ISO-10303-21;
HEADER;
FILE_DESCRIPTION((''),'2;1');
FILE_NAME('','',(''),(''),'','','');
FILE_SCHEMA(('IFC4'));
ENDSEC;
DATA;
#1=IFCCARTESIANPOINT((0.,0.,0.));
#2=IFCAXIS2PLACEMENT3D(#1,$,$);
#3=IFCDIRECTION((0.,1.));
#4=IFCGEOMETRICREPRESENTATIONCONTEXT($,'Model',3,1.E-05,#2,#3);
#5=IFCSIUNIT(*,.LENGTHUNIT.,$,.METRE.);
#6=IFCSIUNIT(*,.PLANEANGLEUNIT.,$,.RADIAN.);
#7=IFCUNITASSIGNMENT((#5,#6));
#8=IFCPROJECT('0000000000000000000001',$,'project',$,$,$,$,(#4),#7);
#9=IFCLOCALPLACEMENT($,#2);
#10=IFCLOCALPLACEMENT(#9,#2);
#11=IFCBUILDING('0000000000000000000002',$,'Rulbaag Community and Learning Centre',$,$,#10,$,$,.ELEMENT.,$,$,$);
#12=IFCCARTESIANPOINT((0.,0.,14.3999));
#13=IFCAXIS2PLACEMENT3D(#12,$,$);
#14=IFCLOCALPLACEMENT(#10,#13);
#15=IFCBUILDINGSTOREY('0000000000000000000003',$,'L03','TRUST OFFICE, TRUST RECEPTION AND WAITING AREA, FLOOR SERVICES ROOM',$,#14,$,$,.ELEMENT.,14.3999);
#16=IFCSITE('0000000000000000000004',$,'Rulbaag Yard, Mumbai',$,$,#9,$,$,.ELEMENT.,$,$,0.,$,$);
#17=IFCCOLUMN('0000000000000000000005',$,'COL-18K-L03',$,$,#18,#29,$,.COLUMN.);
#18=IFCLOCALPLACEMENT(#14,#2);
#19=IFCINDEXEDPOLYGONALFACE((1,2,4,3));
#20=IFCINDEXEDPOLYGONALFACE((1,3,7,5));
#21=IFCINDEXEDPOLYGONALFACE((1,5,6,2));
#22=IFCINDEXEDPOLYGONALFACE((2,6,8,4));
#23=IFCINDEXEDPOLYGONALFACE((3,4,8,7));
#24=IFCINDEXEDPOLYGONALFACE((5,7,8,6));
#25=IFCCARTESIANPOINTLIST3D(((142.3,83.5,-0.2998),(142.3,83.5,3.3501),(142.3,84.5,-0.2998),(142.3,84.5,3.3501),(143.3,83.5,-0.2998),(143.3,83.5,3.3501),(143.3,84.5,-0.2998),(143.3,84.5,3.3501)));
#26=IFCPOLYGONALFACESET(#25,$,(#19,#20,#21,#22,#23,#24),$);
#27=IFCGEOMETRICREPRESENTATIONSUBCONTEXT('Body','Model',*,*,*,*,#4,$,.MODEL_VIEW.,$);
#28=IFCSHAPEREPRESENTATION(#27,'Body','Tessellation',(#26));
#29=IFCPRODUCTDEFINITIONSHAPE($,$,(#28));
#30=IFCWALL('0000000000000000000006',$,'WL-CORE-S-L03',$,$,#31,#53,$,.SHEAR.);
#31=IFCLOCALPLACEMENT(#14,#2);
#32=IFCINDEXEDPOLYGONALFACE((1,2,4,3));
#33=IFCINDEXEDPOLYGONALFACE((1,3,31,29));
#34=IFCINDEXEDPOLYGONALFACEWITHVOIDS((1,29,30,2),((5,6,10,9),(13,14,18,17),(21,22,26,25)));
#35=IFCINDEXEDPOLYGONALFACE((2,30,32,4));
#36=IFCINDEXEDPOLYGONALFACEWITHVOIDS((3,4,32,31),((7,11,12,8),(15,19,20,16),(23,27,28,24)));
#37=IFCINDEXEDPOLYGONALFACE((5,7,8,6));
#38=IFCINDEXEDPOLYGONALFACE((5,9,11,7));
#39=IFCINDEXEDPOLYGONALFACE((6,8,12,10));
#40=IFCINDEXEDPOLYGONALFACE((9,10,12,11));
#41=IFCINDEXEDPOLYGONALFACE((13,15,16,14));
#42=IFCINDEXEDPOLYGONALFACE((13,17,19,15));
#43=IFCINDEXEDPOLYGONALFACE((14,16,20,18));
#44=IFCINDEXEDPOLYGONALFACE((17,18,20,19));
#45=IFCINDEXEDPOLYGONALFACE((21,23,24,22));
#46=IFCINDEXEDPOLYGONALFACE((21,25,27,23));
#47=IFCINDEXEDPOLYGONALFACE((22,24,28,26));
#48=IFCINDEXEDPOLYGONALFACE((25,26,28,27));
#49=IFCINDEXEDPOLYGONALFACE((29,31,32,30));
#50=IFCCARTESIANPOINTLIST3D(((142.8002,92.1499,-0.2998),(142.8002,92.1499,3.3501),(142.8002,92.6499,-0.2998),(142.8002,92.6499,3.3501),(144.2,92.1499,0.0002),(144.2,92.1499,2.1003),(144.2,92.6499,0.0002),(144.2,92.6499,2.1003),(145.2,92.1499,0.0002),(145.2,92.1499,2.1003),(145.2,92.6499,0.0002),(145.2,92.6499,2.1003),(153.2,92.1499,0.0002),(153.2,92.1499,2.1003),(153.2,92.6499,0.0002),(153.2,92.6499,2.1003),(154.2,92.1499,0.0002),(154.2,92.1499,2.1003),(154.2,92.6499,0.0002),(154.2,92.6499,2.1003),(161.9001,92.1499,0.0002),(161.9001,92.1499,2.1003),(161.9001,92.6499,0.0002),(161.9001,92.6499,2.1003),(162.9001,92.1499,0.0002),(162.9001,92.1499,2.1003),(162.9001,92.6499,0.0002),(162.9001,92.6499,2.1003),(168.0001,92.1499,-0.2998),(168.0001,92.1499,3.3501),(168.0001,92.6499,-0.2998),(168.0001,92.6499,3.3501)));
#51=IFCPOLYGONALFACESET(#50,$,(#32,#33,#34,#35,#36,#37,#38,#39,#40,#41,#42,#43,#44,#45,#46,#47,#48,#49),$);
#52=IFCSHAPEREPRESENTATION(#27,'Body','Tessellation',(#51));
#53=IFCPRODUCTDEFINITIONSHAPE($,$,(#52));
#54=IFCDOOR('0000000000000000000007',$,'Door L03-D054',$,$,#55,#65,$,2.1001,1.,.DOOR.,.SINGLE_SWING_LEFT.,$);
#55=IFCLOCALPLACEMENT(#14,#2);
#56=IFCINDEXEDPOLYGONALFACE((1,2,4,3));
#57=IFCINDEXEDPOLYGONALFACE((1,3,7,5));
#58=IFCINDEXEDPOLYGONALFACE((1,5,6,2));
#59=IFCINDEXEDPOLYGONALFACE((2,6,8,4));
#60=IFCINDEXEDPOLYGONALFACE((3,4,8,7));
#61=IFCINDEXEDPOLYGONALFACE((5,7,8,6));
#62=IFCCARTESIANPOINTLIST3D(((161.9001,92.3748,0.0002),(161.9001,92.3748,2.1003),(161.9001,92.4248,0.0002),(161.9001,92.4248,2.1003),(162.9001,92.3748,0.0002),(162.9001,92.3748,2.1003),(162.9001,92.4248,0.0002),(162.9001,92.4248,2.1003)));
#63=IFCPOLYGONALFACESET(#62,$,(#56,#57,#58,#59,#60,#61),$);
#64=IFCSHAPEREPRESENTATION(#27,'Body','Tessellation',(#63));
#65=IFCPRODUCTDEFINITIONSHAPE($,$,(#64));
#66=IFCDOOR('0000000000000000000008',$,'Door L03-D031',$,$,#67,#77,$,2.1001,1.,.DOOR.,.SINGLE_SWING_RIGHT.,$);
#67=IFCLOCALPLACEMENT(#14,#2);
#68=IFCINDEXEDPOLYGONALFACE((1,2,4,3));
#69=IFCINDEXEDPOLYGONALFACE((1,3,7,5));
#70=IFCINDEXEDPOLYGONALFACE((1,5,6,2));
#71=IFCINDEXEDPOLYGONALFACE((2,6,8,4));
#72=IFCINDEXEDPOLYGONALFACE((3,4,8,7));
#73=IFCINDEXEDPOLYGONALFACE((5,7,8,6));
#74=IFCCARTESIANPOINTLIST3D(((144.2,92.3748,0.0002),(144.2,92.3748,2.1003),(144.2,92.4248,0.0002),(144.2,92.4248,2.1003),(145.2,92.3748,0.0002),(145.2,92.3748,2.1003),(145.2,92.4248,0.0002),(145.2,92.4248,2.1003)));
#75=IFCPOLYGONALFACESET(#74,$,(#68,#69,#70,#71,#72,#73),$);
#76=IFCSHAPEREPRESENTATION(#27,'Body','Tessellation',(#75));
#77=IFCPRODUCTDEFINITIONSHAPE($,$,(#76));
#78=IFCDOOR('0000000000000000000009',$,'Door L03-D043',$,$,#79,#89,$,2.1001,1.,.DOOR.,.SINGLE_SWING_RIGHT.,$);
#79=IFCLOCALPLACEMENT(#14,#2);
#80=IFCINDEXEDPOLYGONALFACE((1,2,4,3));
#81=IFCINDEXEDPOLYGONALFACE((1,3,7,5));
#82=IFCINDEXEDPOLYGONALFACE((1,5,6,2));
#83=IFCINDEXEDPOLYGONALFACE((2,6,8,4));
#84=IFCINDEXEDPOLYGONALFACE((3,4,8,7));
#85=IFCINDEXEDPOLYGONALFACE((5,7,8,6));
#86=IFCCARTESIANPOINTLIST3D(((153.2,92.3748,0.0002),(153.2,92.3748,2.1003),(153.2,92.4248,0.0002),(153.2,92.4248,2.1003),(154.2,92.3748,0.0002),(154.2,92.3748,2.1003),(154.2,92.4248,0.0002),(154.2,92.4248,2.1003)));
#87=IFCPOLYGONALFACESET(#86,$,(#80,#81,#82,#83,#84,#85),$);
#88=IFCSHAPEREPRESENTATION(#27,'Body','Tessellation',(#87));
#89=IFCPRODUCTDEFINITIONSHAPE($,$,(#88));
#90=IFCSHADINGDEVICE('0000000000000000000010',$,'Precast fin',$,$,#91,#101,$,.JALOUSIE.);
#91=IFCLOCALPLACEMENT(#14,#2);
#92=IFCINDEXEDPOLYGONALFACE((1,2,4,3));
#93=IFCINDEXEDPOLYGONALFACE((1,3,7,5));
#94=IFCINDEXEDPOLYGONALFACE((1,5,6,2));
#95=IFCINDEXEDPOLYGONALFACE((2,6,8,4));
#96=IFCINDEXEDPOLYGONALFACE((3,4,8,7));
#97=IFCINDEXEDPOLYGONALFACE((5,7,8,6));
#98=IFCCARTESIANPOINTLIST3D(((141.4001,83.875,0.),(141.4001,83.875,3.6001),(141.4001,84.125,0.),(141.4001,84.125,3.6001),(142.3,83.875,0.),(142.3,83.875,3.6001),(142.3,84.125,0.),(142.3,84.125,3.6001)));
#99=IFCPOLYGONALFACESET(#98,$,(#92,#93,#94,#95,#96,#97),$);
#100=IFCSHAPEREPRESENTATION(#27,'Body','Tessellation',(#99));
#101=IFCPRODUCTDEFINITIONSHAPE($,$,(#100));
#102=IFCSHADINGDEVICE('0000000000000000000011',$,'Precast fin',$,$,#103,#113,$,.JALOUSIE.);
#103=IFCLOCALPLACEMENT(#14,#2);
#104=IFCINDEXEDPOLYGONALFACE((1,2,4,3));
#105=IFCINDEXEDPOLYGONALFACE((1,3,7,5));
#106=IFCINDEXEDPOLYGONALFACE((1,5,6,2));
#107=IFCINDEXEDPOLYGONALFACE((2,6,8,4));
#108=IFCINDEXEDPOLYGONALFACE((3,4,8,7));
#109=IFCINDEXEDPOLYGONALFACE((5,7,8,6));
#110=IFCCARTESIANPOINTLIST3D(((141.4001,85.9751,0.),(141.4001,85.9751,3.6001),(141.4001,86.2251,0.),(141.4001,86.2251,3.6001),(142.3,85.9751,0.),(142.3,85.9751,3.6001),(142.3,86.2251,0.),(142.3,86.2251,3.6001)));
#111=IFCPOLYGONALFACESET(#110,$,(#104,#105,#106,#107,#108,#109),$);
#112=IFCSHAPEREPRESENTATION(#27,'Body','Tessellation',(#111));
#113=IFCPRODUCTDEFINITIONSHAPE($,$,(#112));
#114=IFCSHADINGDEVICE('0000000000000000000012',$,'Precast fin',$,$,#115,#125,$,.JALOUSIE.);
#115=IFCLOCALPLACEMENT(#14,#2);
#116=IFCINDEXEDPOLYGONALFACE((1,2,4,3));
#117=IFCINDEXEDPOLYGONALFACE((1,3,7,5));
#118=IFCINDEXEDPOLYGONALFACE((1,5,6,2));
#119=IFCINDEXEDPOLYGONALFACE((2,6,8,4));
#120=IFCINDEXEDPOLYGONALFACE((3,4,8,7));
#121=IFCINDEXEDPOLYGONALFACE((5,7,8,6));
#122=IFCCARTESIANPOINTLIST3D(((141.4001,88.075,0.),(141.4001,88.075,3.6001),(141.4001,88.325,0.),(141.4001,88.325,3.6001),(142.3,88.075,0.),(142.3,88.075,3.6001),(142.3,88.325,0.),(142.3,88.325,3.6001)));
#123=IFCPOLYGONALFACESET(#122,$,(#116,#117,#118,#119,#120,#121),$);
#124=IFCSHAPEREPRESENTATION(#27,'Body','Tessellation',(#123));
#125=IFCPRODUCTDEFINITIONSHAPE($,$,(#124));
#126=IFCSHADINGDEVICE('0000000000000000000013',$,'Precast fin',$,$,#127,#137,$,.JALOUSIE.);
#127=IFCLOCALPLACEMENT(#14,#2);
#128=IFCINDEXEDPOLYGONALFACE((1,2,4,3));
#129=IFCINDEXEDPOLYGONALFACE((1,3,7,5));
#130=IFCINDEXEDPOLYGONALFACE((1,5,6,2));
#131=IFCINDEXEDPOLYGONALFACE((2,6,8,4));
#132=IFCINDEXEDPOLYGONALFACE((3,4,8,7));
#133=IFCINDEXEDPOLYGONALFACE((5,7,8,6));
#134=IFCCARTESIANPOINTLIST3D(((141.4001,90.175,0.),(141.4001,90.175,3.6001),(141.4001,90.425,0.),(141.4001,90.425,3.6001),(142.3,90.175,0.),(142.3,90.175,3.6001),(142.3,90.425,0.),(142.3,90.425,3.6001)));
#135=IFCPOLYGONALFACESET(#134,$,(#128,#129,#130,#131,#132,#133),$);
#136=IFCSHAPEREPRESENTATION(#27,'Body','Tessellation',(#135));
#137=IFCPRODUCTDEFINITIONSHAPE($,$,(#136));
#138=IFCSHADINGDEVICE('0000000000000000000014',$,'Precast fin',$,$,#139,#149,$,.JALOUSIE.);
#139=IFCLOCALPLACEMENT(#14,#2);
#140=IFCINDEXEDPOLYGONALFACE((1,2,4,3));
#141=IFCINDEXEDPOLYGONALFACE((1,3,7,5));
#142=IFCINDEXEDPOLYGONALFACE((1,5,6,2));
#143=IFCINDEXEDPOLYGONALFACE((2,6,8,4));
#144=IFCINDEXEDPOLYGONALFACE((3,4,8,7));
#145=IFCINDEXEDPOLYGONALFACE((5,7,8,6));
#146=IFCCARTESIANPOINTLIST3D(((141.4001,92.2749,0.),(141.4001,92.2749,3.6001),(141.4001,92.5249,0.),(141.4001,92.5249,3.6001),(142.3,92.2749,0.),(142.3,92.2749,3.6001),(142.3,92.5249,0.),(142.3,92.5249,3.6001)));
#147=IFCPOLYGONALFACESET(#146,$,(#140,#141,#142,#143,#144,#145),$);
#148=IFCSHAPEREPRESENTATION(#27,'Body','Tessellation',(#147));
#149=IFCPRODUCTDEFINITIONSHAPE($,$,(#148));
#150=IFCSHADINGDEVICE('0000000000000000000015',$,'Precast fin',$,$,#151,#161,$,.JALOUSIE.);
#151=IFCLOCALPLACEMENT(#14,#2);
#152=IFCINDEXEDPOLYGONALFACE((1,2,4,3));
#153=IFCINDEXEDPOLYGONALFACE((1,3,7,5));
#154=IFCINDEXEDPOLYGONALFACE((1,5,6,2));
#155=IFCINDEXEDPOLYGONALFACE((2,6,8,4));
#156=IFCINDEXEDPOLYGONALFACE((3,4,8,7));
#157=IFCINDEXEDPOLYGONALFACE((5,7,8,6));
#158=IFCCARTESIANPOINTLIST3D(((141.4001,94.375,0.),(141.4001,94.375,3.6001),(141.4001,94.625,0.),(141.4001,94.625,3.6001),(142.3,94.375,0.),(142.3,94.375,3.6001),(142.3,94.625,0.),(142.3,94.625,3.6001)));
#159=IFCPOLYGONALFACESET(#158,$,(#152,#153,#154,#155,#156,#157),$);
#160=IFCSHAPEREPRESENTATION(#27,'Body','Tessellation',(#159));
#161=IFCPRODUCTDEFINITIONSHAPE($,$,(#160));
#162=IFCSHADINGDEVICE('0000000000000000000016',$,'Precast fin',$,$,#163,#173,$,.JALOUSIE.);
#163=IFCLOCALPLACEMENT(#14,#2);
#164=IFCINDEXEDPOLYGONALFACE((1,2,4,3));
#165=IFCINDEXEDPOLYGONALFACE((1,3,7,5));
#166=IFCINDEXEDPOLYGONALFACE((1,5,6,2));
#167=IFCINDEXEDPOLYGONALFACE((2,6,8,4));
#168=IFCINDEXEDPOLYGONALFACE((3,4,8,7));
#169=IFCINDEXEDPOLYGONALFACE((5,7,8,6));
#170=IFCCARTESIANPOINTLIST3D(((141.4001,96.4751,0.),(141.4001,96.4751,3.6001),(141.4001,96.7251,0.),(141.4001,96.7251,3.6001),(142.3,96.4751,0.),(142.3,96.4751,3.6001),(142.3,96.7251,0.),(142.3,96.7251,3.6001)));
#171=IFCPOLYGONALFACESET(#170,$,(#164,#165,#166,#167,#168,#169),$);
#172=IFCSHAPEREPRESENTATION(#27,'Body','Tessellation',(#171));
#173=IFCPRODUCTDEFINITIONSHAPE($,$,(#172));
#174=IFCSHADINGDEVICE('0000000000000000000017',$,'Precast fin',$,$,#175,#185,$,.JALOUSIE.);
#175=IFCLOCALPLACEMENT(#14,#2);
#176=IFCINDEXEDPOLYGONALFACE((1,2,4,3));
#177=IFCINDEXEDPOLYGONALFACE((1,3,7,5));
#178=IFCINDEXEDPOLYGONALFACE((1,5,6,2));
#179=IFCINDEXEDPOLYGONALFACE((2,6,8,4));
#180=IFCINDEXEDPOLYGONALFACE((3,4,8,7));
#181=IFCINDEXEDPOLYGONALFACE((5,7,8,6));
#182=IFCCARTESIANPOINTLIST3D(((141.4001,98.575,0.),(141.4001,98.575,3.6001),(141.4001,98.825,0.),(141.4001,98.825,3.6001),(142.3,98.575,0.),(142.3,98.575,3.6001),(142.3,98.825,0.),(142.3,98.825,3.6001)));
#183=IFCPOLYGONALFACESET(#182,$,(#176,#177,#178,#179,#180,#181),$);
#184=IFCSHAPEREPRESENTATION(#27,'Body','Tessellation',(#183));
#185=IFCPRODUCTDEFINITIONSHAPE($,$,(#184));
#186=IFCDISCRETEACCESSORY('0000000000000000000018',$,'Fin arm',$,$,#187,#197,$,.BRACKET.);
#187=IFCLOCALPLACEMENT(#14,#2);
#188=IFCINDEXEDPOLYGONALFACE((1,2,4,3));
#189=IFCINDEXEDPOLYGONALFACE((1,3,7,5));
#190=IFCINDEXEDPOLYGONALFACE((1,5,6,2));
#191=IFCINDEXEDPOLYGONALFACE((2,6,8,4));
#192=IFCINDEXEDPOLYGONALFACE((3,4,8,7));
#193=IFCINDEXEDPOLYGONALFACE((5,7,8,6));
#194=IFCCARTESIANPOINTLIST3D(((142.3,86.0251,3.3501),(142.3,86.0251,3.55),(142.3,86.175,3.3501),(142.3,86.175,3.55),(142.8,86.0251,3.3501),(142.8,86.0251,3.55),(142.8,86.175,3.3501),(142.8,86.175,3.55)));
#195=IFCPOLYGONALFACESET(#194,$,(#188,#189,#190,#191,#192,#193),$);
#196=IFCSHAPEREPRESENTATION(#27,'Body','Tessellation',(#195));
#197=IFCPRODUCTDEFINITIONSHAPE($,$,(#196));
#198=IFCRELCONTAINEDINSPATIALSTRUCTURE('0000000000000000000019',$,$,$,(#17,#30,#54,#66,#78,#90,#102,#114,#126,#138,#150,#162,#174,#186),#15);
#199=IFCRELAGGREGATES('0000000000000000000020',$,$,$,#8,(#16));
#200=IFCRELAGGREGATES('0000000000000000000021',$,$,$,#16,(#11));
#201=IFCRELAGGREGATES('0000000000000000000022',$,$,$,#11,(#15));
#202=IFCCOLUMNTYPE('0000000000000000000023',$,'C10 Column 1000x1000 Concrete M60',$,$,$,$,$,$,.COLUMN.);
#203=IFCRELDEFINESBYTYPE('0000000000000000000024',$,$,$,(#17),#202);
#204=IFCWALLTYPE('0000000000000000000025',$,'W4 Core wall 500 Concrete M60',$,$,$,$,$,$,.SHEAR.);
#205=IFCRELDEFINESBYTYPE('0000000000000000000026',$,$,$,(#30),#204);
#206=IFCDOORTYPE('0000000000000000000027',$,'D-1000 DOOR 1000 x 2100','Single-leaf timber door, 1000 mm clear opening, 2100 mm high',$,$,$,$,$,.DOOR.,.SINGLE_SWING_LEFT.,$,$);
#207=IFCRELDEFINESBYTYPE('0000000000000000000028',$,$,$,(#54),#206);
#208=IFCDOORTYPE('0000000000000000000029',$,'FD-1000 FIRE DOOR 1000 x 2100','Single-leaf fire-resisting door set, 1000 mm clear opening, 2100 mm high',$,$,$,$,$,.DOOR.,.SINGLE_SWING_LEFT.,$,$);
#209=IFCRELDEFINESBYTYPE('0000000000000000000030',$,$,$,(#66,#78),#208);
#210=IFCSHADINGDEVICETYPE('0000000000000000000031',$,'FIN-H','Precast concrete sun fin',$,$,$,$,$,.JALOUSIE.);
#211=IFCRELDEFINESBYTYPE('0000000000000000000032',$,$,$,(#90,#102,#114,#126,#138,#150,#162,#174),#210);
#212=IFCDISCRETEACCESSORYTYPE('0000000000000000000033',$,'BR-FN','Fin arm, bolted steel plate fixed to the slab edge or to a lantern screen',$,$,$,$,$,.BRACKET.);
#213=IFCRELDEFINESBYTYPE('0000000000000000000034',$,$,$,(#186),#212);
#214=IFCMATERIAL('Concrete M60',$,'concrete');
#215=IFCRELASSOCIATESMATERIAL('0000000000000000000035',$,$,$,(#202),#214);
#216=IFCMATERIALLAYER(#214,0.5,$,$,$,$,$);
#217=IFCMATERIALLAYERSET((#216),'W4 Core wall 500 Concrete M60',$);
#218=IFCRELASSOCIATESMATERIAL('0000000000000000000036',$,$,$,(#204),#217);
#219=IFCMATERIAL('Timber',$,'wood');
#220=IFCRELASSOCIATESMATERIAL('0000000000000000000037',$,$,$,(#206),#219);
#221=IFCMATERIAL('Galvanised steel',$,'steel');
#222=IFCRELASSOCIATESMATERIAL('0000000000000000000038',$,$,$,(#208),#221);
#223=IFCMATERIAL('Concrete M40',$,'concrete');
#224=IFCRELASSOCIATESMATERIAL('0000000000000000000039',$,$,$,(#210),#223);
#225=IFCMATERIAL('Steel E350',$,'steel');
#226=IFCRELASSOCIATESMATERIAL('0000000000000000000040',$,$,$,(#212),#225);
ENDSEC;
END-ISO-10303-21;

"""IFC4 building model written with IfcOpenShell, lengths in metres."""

from ifc_helpers import new_model, si_unit, direction, frame, frame_2d, origin, origin_2d, place, context, subcontext, project, spatial, rectangle, extrude, material, layer, layer_set, material_profile, profile_set, type_object, element, fill, save


model = new_model("IFC4")

# Units and contexts
model_context = context("Model", 3, precision=1e-05, world=origin(), true_north=direction((0.0, 1.0)))
body_context = subcontext(model_context, "Body", "Model", "MODEL_VIEW")
ifc_project = project(units=[si_unit("LENGTHUNIT", "METRE"), si_unit("PLANEANGLEUNIT", "RADIAN")], contexts=[model_context])

# Site, building, storey
site_placement = place(None, origin())
site = spatial("IfcSite", under=ifc_project, at=site_placement, Name="Rulbaag Yard, Mumbai", CompositionType="ELEMENT", RefElevation=0.0)
building_placement = place(site_placement, origin())
building = spatial("IfcBuilding", under=site, at=building_placement, Name="Rulbaag Community and Learning Centre", CompositionType="ELEMENT")
storey_placement = place(building_placement, frame((0.0, 0.0, 14.3999)))
storey = spatial("IfcBuildingStorey", under=building, at=storey_placement, Name="L03", Description="TRUST OFFICE, TRUST RECEPTION AND WAITING AREA, FLOOR SERVICES ROOM", CompositionType="ELEMENT", Elevation=14.3999)

# Column
ifc_material_1 = material(Name="Concrete M60", Category="concrete")
ifc_material_profile_1 = material_profile(ifc_material_1, rectangle(XDim=1.0, YDim=1.0, at=origin_2d()), Name="RC1000x1000")
ifc_profile_set_1 = profile_set([ifc_material_profile_1], Name="Concrete M60")
column_type = type_object("IfcColumnType", Name="C10 Column 1000x1000 Concrete M60", PredefinedType="COLUMN", material=ifc_profile_set_1)
column_placement = place(storey_placement, frame((142.8, 84.0, -0.2998), z_axis=(0.0, 0.0, 1.0), x_axis=(1.0, 0.0, 0.0)))
element("IfcColumn", 1, at=column_placement, inside=storey, type_object=column_type, Name="COL-18K-L03", PredefinedType="COLUMN", context=body_context, shape_type="SweptSolid", body=[
    extrude(rectangle(XDim=1.0, YDim=1.0, at=origin_2d()), origin(), (0.0, 0.0, 1.0), 3.6499),
])

# Wall, openings, doors
ifc_layer = layer(ifc_material_1, 0.5)
ifc_layer_set = layer_set([ifc_layer], Name="W4 Core wall 500 Concrete M60")
wall_type = type_object("IfcWallType", Name="W4 Core wall 500 Concrete M60", PredefinedType="SHEAR", material=ifc_layer_set)
wall_placement = place(storey_placement, frame((142.8, 92.3999, -0.2998), z_axis=(0.0, 0.0, 1.0), x_axis=(1.0, 0.0, 0.0)))
wall = element("IfcWall", 2, at=wall_placement, inside=storey, type_object=wall_type, Name="WL-CORE-S-L03", PredefinedType="SHEAR", context=body_context, shape_type="SweptSolid", body=[
    extrude(rectangle(XDim=25.2, YDim=0.5, at=frame_2d((12.6001, 0.0))), origin(), (0.0, 0.0, 1.0), 3.6499),
])
opening_1_placement = place(wall_placement, frame((1.3999, 0.0, 0.3)))
opening_1 = element("IfcOpeningElement", 3, at=opening_1_placement, cuts=wall, PredefinedType="OPENING", context=body_context, shape_type="SweptSolid", body=[
    extrude(rectangle(XDim=1.0, YDim=2.1001, at=frame_2d((0.5, 1.05))), frame((0.0, 0.26, 0.0), z_axis=(0.0, -1.0, 0.0), x_axis=(1.0, 0.0, 0.0)), (0.0, 0.0, 1.0), 0.52),
])
opening_2_placement = place(wall_placement, frame((19.1001, 0.0, 0.3)))
opening_2 = element("IfcOpeningElement", 4, at=opening_2_placement, cuts=wall, PredefinedType="OPENING", context=body_context, shape_type="SweptSolid", body=[
    extrude(rectangle(XDim=1.0, YDim=2.1001, at=frame_2d((0.5, 1.05))), frame((0.0, 0.26, 0.0), z_axis=(0.0, -1.0, 0.0), x_axis=(1.0, 0.0, 0.0)), (0.0, 0.0, 1.0), 0.52),
])
opening_3_placement = place(wall_placement, frame((10.3999, 0.0, 0.3)))
opening_3 = element("IfcOpeningElement", 5, at=opening_3_placement, cuts=wall, PredefinedType="OPENING", context=body_context, shape_type="SweptSolid", body=[
    extrude(rectangle(XDim=1.0, YDim=2.1001, at=frame_2d((0.5, 1.05))), frame((0.0, 0.26, 0.0), z_axis=(0.0, -1.0, 0.0), x_axis=(1.0, 0.0, 0.0)), (0.0, 0.0, 1.0), 0.52),
])
ifc_material_2 = material(Name="Timber", Category="wood")
door_type_1 = type_object("IfcDoorType", Name="D-1000 DOOR 1000 x 2100", Description="Single-leaf timber door, 1000 mm clear opening, 2100 mm high", OperationType="SINGLE_SWING_LEFT", PredefinedType="DOOR", material=ifc_material_2)
door_1_placement = place(opening_2_placement, origin())
door_1 = element("IfcDoor", 6, at=door_1_placement, inside=storey, type_object=door_type_1, Name="Door L03-D054", OperationType="SINGLE_SWING_LEFT", OverallHeight=2.1001, OverallWidth=1.0, PredefinedType="DOOR", context=body_context, shape_type="SweptSolid", body=[
    extrude(rectangle(XDim=1.0, YDim=2.1001, at=frame_2d((0.5, 1.05))), frame((0.0, 0.0249, 0.0), z_axis=(0.0, -1.0, 0.0), x_axis=(1.0, 0.0, 0.0)), (0.0, 0.0, 1.0), 0.05),
])
fill(opening_2, door_1)
ifc_material_3 = material(Name="Galvanised steel", Category="steel")
door_type_2 = type_object("IfcDoorType", Name="FD-1000 FIRE DOOR 1000 x 2100", Description="Single-leaf fire-resisting door set, 1000 mm clear opening, 2100 mm high", OperationType="SINGLE_SWING_LEFT", PredefinedType="DOOR", material=ifc_material_3)
door_2_placement = place(opening_1_placement, origin())
door_2 = element("IfcDoor", 7, at=door_2_placement, inside=storey, type_object=door_type_2, Name="Door L03-D031", OperationType="SINGLE_SWING_RIGHT", OverallHeight=2.1001, OverallWidth=1.0, PredefinedType="DOOR", context=body_context, shape_type="SweptSolid", body=[
    extrude(rectangle(XDim=1.0, YDim=2.1001, at=frame_2d((0.5, 1.05))), frame((0.0, 0.0249, 0.0), z_axis=(0.0, -1.0, 0.0), x_axis=(1.0, 0.0, 0.0)), (0.0, 0.0, 1.0), 0.05),
])
fill(opening_1, door_2)
door_3_placement = place(opening_3_placement, origin())
door_3 = element("IfcDoor", 8, at=door_3_placement, inside=storey, type_object=door_type_2, Name="Door L03-D043", OperationType="SINGLE_SWING_RIGHT", OverallHeight=2.1001, OverallWidth=1.0, PredefinedType="DOOR", context=body_context, shape_type="SweptSolid", body=[
    extrude(rectangle(XDim=1.0, YDim=2.1001, at=frame_2d((0.5, 1.05))), frame((0.0, 0.0249, 0.0), z_axis=(0.0, -1.0, 0.0), x_axis=(1.0, 0.0, 0.0)), (0.0, 0.0, 1.0), 0.05),
])
fill(opening_3, door_3)

# Shading devices
ifc_material_4 = material(Name="Concrete M40", Category="concrete")
ifc_material_profile_2 = material_profile(ifc_material_4, rectangle(XDim=0.25, YDim=0.8999, at=origin_2d()), Name="PC 250x900")
ifc_profile_set_2 = profile_set([ifc_material_profile_2], Name="Concrete M40")
shading_device_type = type_object("IfcShadingDeviceType", Name="FIN-H", Description="Precast concrete sun fin", PredefinedType="JALOUSIE", material=ifc_profile_set_2)
for number, where, z_axis, x_axis, name in (
    (9, (141.8501, 84.0, 0.0), (0.0, 0.0, 1.0), (0.0, 1.0, 0.0), "Precast fin"),
    (10, (141.8501, 86.1001, 0.0), (0.0, 0.0, 1.0), (0.0, 1.0, 0.0), "Precast fin"),
    (11, (141.8501, 88.2, 0.0), (0.0, 0.0, 1.0), (0.0, 1.0, 0.0), "Precast fin"),
    (12, (141.8501, 90.3, 0.0), (0.0, 0.0, 1.0), (0.0, 1.0, 0.0), "Precast fin"),
    (13, (141.8501, 92.3999, 0.0), (0.0, 0.0, 1.0), (0.0, 1.0, 0.0), "Precast fin"),
    (14, (141.8501, 94.5, 0.0), (0.0, 0.0, 1.0), (0.0, 1.0, 0.0), "Precast fin"),
    (15, (141.8501, 96.6001, 0.0), (0.0, 0.0, 1.0), (0.0, 1.0, 0.0), "Precast fin"),
    (16, (141.8501, 98.7, 0.0), (0.0, 0.0, 1.0), (0.0, 1.0, 0.0), "Precast fin"),
):
    element("IfcShadingDevice", number, at=place(storey_placement, frame(where, z_axis=z_axis, x_axis=x_axis)), inside=storey, type_object=shading_device_type, Name=name, PredefinedType="JALOUSIE", context=body_context, shape_type="SweptSolid", body=[
        extrude(rectangle(XDim=0.25, YDim=0.8999, at=origin_2d()), origin(), (0.0, 0.0, 1.0), 3.6001),
    ])

# Discrete accessory
ifc_material_5 = material(Name="Steel E350", Category="steel")
discrete_accessory_type = type_object("IfcDiscreteAccessoryType", Name="BR-FN", Description="Fin arm, bolted steel plate fixed to the slab edge or to a lantern screen", PredefinedType="BRACKET", material=ifc_material_5)
for number, where, z_axis, x_axis, name in (
    (17, (142.55, 86.1001, 3.3501), (0.0, 0.0, 1.0), (1.0, 0.0, 0.0), "Fin arm"),
):
    element("IfcDiscreteAccessory", number, at=place(storey_placement, frame(where, z_axis=z_axis, x_axis=x_axis)), inside=storey, type_object=discrete_accessory_type, Name=name, PredefinedType="BRACKET", context=body_context, shape_type="SweptSolid", body=[
        extrude(rectangle(XDim=0.5, YDim=0.1499, at=origin_2d()), origin(), (0.0, 0.0, 1.0), 0.2),
    ])

save(model, "model.ifc")
